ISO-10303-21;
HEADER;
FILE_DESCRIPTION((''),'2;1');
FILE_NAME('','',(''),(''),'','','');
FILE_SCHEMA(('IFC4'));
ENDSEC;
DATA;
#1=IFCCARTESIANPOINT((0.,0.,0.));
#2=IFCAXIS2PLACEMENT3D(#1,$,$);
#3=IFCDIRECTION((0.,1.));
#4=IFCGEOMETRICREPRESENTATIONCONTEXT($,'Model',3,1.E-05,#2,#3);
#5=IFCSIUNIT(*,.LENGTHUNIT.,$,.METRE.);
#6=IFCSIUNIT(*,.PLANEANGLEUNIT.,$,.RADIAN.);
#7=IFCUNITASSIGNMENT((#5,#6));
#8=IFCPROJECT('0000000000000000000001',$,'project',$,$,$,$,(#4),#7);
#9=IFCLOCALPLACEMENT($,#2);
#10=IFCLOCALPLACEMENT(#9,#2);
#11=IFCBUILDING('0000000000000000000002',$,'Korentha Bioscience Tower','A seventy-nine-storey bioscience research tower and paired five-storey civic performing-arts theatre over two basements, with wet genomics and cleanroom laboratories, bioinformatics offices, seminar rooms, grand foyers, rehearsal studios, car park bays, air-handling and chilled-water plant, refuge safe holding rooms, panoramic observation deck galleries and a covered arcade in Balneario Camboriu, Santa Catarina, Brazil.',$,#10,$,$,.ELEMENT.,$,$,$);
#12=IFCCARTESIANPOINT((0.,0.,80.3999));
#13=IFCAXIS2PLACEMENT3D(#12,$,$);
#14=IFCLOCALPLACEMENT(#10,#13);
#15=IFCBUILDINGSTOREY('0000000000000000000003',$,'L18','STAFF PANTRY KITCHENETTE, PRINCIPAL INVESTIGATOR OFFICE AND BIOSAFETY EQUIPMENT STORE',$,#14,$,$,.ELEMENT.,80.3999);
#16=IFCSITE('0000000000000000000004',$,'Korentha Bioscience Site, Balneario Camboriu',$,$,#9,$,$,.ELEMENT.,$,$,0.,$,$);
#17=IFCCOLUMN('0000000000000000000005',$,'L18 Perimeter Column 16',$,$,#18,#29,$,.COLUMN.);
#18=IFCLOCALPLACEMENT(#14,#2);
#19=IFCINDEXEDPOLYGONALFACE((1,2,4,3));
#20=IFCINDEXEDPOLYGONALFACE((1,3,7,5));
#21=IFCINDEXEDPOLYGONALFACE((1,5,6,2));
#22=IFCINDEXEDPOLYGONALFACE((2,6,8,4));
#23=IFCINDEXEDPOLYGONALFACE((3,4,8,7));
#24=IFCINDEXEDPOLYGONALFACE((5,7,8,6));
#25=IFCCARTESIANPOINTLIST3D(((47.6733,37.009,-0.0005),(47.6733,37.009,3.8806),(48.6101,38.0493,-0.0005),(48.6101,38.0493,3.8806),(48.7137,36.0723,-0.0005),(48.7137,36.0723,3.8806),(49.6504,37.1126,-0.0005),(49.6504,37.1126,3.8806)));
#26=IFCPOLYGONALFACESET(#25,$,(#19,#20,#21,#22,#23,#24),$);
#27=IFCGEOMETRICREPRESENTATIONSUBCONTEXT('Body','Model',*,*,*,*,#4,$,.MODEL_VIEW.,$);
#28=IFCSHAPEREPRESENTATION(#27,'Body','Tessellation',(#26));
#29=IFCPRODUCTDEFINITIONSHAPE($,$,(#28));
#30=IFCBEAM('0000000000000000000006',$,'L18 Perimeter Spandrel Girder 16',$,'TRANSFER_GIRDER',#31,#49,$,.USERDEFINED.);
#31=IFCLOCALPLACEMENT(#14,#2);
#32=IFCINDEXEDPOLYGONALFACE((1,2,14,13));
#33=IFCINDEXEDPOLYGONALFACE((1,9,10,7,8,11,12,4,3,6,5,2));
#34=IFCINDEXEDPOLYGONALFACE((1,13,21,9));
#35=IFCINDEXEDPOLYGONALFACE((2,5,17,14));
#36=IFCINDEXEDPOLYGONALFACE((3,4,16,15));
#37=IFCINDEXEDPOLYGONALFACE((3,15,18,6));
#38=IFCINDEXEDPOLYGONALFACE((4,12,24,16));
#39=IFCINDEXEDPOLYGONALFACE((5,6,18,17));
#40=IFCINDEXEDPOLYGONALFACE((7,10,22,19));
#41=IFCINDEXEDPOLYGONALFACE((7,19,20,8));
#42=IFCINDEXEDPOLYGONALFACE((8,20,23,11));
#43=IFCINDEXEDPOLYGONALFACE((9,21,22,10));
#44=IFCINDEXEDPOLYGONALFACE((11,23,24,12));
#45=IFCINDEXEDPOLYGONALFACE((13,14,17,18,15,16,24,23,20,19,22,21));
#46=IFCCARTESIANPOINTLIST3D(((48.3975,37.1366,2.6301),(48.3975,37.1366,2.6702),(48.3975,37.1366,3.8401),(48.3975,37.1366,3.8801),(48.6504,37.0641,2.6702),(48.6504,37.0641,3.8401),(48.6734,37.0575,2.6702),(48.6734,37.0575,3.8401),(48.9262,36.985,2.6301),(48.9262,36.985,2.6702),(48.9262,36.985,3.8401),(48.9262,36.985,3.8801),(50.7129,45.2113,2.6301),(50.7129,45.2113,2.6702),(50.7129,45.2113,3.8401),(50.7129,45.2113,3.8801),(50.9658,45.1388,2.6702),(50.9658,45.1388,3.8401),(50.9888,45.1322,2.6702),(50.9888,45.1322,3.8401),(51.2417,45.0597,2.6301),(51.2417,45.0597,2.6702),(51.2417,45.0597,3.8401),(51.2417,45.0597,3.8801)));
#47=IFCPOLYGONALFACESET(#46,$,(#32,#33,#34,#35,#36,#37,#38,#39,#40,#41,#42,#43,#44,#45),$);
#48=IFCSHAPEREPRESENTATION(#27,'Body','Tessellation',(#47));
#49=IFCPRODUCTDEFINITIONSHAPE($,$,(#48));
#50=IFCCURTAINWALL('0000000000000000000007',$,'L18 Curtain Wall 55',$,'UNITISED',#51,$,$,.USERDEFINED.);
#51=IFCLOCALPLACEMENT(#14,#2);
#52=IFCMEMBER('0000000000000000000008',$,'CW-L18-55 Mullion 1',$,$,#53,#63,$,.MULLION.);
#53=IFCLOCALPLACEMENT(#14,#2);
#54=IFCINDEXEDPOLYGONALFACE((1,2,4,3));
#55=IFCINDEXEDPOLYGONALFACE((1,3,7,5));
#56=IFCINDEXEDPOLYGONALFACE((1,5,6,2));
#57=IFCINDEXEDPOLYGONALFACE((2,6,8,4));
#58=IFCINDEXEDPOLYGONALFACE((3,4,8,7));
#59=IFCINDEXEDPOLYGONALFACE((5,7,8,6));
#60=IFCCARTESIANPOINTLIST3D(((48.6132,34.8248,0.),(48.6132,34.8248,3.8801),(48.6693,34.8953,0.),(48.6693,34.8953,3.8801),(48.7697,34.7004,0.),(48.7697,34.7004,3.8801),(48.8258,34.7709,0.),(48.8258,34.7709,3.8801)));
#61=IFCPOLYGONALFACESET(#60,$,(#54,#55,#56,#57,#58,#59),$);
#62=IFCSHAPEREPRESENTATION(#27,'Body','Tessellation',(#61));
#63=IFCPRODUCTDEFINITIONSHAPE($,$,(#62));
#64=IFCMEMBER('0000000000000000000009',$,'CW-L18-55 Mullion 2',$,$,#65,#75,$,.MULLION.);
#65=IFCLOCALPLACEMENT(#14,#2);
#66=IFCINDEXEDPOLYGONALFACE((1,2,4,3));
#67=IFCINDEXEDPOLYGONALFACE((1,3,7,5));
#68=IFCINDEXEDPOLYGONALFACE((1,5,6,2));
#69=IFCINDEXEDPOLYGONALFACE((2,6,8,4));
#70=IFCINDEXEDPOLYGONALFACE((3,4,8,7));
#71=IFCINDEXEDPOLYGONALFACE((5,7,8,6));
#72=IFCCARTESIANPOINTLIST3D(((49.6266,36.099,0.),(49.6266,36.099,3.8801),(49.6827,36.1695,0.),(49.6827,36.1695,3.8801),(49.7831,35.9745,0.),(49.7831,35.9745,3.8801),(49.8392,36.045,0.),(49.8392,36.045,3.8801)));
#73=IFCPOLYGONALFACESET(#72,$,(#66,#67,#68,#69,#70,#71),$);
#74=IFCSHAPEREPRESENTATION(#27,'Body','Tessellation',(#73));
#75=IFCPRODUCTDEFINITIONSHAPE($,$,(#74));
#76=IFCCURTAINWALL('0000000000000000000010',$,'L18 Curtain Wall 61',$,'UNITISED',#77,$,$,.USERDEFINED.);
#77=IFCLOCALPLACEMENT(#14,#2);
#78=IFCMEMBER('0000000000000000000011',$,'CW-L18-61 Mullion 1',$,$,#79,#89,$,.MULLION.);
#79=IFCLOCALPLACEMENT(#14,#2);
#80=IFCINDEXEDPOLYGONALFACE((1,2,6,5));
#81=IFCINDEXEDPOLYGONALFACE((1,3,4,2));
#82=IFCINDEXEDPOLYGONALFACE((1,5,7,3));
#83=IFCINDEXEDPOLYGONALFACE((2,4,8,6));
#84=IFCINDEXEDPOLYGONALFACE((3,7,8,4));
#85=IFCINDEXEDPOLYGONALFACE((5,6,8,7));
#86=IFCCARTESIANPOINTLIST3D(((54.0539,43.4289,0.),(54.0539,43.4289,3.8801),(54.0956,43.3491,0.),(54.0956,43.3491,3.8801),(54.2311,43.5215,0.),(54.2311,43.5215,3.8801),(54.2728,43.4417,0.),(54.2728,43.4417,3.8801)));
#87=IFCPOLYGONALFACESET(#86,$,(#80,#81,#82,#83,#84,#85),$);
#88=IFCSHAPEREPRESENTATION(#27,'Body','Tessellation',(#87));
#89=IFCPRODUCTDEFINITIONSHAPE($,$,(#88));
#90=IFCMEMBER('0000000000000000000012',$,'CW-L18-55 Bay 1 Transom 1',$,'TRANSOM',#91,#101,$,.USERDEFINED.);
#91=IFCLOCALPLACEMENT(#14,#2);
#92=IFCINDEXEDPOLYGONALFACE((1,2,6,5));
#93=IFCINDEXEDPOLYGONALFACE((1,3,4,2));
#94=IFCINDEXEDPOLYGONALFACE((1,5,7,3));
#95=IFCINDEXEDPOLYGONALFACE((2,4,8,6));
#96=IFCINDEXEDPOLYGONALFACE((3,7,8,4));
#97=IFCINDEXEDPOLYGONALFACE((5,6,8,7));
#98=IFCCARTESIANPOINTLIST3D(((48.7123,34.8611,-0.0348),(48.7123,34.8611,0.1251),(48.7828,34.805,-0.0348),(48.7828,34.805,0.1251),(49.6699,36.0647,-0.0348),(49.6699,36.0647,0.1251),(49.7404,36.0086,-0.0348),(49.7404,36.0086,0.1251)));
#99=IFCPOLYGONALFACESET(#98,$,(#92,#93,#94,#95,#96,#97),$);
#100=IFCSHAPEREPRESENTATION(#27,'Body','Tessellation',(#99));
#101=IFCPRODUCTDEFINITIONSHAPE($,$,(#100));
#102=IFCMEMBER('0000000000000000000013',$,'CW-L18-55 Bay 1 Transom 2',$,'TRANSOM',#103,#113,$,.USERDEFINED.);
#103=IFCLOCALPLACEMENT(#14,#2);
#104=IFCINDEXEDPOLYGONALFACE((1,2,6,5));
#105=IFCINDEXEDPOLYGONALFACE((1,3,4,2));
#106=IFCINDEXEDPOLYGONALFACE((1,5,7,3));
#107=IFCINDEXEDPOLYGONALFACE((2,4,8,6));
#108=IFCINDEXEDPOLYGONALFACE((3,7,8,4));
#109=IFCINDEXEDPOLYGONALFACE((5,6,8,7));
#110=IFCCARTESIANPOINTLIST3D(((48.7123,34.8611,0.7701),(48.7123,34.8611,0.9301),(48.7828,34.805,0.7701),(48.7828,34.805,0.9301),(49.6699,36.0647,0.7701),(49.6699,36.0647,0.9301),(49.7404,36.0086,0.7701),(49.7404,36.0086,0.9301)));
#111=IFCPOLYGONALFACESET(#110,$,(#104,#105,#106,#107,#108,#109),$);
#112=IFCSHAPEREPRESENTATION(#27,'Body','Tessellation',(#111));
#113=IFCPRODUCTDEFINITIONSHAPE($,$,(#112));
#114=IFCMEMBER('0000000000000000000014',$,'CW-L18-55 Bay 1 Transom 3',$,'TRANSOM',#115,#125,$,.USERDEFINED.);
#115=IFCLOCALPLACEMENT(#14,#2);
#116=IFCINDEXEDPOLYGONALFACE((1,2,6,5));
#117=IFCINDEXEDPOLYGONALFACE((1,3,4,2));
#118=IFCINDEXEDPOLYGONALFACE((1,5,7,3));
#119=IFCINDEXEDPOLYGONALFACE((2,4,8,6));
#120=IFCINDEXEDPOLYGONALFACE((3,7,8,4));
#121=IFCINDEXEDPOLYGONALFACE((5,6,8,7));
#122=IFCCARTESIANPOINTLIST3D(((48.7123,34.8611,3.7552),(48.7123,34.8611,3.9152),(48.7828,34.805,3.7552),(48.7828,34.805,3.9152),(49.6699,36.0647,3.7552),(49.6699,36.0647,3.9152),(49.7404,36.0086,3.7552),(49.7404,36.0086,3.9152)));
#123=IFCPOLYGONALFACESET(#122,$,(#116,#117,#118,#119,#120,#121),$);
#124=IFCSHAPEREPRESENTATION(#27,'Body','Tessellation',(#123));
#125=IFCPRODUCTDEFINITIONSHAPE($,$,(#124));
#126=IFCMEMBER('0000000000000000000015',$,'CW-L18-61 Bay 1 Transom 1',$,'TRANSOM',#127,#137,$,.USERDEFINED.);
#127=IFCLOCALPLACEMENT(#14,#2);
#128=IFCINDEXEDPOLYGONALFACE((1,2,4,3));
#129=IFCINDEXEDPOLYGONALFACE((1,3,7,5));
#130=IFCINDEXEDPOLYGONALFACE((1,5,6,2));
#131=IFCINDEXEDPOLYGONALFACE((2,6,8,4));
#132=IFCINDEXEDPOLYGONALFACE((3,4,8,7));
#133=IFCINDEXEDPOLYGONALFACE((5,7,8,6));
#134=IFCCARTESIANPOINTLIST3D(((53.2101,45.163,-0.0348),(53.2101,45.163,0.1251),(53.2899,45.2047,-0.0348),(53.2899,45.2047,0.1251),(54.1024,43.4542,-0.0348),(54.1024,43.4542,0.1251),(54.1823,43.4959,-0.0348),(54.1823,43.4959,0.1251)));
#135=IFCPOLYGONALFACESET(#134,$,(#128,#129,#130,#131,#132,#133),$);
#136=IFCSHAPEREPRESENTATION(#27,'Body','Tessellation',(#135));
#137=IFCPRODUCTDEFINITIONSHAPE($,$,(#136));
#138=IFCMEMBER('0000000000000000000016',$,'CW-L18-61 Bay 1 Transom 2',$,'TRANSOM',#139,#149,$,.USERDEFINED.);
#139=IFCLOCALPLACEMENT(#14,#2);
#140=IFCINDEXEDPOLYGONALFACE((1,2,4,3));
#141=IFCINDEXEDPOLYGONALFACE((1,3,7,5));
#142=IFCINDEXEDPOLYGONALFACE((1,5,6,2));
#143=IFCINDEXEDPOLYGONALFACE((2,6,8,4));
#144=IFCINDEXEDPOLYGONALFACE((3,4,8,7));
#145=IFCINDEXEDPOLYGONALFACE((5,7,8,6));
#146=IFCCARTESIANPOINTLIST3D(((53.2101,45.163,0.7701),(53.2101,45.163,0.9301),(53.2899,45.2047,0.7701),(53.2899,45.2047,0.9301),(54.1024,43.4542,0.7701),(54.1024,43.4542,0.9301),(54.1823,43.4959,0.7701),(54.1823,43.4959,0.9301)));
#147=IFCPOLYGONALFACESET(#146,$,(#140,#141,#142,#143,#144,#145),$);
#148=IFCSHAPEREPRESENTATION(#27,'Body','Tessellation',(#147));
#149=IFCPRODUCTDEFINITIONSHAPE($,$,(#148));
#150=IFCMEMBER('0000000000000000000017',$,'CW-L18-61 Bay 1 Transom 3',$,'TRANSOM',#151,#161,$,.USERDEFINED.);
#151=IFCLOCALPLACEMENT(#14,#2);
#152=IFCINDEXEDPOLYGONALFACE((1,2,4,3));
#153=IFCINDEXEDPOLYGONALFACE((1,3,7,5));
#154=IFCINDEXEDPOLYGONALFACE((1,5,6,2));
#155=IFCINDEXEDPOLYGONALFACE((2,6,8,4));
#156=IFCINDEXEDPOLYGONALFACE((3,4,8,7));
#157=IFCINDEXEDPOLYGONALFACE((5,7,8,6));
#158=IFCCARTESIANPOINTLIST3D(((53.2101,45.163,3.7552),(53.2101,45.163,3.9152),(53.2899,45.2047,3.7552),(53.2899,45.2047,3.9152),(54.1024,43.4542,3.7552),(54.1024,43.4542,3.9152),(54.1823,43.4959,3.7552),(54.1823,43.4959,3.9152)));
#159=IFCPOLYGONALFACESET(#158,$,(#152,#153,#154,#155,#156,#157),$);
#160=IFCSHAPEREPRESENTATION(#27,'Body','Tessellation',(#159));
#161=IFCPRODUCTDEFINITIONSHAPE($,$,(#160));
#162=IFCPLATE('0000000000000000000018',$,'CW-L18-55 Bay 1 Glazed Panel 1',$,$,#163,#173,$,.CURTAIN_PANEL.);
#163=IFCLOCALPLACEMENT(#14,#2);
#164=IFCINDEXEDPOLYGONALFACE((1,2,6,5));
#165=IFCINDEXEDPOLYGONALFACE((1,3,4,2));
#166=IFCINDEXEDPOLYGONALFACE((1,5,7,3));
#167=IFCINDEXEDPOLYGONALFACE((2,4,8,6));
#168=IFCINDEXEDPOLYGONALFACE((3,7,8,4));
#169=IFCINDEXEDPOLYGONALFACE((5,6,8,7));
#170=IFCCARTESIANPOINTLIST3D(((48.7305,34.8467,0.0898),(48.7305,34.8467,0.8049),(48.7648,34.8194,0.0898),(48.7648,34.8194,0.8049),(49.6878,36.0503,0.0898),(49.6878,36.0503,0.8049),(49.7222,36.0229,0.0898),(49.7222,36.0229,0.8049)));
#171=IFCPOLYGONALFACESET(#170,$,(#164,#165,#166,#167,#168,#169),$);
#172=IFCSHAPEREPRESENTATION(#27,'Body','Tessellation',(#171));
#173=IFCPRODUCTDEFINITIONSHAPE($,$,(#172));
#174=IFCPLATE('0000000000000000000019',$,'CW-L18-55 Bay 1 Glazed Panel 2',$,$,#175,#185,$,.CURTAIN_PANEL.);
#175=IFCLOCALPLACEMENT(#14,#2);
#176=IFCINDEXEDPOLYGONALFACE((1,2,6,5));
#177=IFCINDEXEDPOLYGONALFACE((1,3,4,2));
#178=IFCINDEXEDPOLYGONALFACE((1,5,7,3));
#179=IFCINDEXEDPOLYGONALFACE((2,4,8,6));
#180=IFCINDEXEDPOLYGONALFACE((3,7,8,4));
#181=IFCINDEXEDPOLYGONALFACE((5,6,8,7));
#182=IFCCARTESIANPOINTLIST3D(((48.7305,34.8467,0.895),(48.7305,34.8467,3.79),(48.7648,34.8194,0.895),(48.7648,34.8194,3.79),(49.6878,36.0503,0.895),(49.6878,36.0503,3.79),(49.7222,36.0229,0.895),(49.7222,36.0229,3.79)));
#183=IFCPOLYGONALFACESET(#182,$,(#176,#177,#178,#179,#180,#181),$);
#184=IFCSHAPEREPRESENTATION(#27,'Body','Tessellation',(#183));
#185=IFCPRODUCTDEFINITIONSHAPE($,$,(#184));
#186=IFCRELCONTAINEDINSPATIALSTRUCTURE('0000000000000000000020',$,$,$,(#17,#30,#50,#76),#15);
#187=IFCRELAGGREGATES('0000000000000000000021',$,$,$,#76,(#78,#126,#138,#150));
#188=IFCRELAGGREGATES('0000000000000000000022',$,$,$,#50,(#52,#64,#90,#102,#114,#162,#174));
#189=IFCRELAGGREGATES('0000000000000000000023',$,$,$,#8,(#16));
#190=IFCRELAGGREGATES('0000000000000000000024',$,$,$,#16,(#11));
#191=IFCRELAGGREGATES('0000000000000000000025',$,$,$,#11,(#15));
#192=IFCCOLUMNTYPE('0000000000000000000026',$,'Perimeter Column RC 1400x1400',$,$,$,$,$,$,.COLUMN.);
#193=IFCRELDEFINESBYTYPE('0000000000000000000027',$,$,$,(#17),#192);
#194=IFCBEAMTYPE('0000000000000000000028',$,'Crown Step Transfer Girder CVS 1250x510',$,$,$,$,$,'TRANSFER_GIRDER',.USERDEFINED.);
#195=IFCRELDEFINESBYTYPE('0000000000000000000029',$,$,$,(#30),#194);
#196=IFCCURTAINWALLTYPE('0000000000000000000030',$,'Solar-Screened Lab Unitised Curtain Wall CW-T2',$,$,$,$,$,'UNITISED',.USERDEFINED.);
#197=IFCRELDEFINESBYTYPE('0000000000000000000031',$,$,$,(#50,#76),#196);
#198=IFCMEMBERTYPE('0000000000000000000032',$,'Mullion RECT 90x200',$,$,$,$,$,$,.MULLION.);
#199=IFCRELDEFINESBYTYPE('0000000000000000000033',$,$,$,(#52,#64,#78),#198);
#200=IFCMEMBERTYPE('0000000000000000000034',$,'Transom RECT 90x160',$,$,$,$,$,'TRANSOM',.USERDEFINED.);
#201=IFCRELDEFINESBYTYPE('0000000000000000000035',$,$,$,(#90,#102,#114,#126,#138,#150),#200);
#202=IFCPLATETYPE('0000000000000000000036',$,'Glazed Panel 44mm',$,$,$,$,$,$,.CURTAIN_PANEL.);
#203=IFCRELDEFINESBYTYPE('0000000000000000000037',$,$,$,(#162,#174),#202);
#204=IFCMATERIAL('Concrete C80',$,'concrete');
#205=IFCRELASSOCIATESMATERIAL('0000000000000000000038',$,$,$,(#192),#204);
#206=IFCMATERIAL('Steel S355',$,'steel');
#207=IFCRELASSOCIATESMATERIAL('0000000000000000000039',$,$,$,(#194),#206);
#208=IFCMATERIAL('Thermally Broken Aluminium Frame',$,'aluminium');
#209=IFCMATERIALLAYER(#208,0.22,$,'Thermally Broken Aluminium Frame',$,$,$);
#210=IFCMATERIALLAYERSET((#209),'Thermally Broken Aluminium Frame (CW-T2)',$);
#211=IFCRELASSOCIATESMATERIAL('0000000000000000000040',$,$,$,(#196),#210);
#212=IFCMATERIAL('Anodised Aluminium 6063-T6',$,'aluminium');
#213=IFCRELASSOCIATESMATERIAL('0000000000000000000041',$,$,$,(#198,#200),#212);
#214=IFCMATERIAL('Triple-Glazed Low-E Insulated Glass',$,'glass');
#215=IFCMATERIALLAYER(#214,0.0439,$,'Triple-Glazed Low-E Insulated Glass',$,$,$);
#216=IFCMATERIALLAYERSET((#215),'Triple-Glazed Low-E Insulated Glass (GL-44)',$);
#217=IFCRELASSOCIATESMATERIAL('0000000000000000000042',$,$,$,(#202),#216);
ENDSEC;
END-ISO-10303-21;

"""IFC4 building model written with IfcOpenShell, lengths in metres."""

from ifc_helpers import new_model, si_unit, direction, frame, origin, origin_2d, place, context, subcontext, project, spatial, rectangle, i_section, extrude, material, layer, layer_set, material_profile, profile_set, type_object, element, aggregate, save


model = new_model("IFC4")

# Units and contexts
model_context = context("Model", 3, precision=1e-05, world=origin(), true_north=direction((0.0, 1.0)))
body_context = subcontext(model_context, "Body", "Model", "MODEL_VIEW")
ifc_project = project(units=[si_unit("LENGTHUNIT", "METRE"), si_unit("PLANEANGLEUNIT", "RADIAN")], contexts=[model_context])

# Site, building, storey
site_placement = place(None, origin())
site = spatial("IfcSite", under=ifc_project, at=site_placement, Name="Korentha Bioscience Site, Balneario Camboriu", CompositionType="ELEMENT", RefElevation=0.0)
building_placement = place(site_placement, origin())
building = spatial("IfcBuilding", under=site, at=building_placement, Name="Korentha Bioscience Tower", Description="A seventy-nine-storey bioscience research tower and paired five-storey civic performing-arts theatre over two basements, with wet genomics and cleanroom laboratories, bioinformatics offices, seminar rooms, grand foyers, rehearsal studios, car park bays, air-handling and chilled-water plant, refuge safe holding rooms, panoramic observation deck galleries and a covered arcade in Balneario Camboriu, Santa Catarina, Brazil.", CompositionType="ELEMENT")
storey_placement = place(building_placement, frame((0.0, 0.0, 80.3999)))
storey = spatial("IfcBuildingStorey", under=building, at=storey_placement, Name="L18", Description="STAFF PANTRY KITCHENETTE, PRINCIPAL INVESTIGATOR OFFICE AND BIOSAFETY EQUIPMENT STORE", CompositionType="ELEMENT", Elevation=80.3999)

# Column
ifc_material_1 = material(Name="Concrete C80", Category="concrete")
ifc_material_profile_1 = material_profile(ifc_material_1, rectangle(XDim=1.3999, YDim=1.3999, at=origin_2d()), Name="Concrete C80")
ifc_profile_set_1 = profile_set([ifc_material_profile_1], Name="Concrete C80 (COL-P14)")
column_type = type_object("IfcColumnType", Name="Perimeter Column RC 1400x1400", PredefinedType="COLUMN", material=ifc_profile_set_1)
column_placement = place(storey_placement, frame((48.6619, 37.0608, -0.0005), z_axis=(0.0, 0.0, 1.0), x_axis=(0.669131, 0.743145, 0.0)))
element("IfcColumn", 1, at=column_placement, inside=storey, type_object=column_type, Name="L18 Perimeter Column 16", PredefinedType="COLUMN", context=body_context, shape_type="SweptSolid", body=[
    extrude(rectangle(XDim=1.3999, YDim=1.3999, at=origin_2d()), origin(), (0.0, 0.0, 1.0), 3.8811),
])

# Beam
ifc_material_2 = material(Name="Steel S355", Category="steel")
ifc_material_profile_2 = material_profile(ifc_material_2, i_section(OverallWidth=0.55, OverallDepth=1.25, WebThickness=0.0239, FlangeThickness=0.04, at=origin_2d()), Name="Steel S355")
ifc_profile_set_2 = profile_set([ifc_material_profile_2], Name="Steel S355 (TG-03)")
beam_type = type_object("IfcBeamType", Name="Crown Step Transfer Girder CVS 1250x510", ElementType="TRANSFER_GIRDER", PredefinedType="USERDEFINED", material=ifc_profile_set_2)
beam_placement = place(storey_placement, frame((48.6619, 37.0608, 3.2551), z_axis=(0.275642, 0.96126, 0.0), x_axis=(-0.96126, 0.275642, 0.0)))
element("IfcBeam", 2, at=beam_placement, inside=storey, type_object=beam_type, Name="L18 Perimeter Spandrel Girder 16", ObjectType="TRANSFER_GIRDER", PredefinedType="USERDEFINED", context=body_context, shape_type="SweptSolid", body=[
    extrude(i_section(OverallWidth=0.55, OverallDepth=1.25, WebThickness=0.0239, FlangeThickness=0.04, at=origin_2d()), origin(), (0.0, 0.0, 1.0), 8.4001),
])

# Curtain wall, members
ifc_material_3 = material(Name="Thermally Broken Aluminium Frame", Category="aluminium")
ifc_layer_1 = layer(ifc_material_3, 0.22, Name="Thermally Broken Aluminium Frame")
ifc_layer_set_1 = layer_set([ifc_layer_1], Name="Thermally Broken Aluminium Frame (CW-T2)")
curtain_wall_type = type_object("IfcCurtainWallType", Name="Solar-Screened Lab Unitised Curtain Wall CW-T2", ElementType="UNITISED", PredefinedType="USERDEFINED", material=ifc_layer_set_1)
curtain_wall_1_placement = place(storey_placement, origin())
curtain_wall_1 = element("IfcCurtainWall", 3, at=curtain_wall_1_placement, inside=storey, type_object=curtain_wall_type, Name="L18 Curtain Wall 55", ObjectType="UNITISED", PredefinedType="USERDEFINED")
ifc_material_4 = material(Name="Anodised Aluminium 6063-T6", Category="aluminium")
ifc_material_profile_3 = material_profile(ifc_material_4, rectangle(XDim=0.0901, YDim=0.2, at=origin_2d()), Name="Anodised Aluminium 6063-T6")
ifc_profile_set_3 = profile_set([ifc_material_profile_3], Name="Anodised Aluminium 6063-T6 (CW-MUL)")
member_type_1 = type_object("IfcMemberType", Name="Mullion RECT 90x200", PredefinedType="MULLION", material=ifc_profile_set_3)
member_1_placement = place(storey_placement, frame((48.7195, 34.7979, 0.0), z_axis=(0.0, 0.0, 1.0), x_axis=(0.62252, 0.782604, 0.0)))
member_1 = element("IfcMember", 4, at=member_1_placement, type_object=member_type_1, Name="CW-L18-55 Mullion 1", PredefinedType="MULLION", context=body_context, shape_type="SweptSolid", body=[
    extrude(rectangle(XDim=0.0901, YDim=0.2, at=origin_2d()), origin(), (0.0, 0.0, 1.0), 3.8801),
])
member_2_placement = place(storey_placement, frame((49.7329, 36.072, 0.0), z_axis=(0.0, 0.0, 1.0), x_axis=(0.62252, 0.782604, 0.0)))
member_2 = element("IfcMember", 5, at=member_2_placement, type_object=member_type_1, Name="CW-L18-55 Mullion 2", PredefinedType="MULLION", context=body_context, shape_type="SweptSolid", body=[
    extrude(rectangle(XDim=0.0901, YDim=0.2, at=origin_2d()), origin(), (0.0, 0.0, 1.0), 3.8801),
])

# Curtain wall, member
curtain_wall_2_placement = place(storey_placement, origin())
curtain_wall_2 = element("IfcCurtainWall", 6, at=curtain_wall_2_placement, inside=storey, type_object=curtain_wall_type, Name="L18 Curtain Wall 61", ObjectType="UNITISED", PredefinedType="USERDEFINED")
member_3_placement = place(storey_placement, frame((54.1633, 43.4353, 0.0), z_axis=(0.0, 0.0, 1.0), x_axis=(-0.463009, 0.886354, 0.0)))
member_3 = element("IfcMember", 7, at=member_3_placement, type_object=member_type_1, Name="CW-L18-61 Mullion 1", PredefinedType="MULLION", context=body_context, shape_type="SweptSolid", body=[
    extrude(rectangle(XDim=0.0901, YDim=0.2, at=origin_2d()), origin(), (0.0, 0.0, 1.0), 3.8801),
])

# Members
ifc_material_profile_4 = material_profile(ifc_material_4, rectangle(XDim=0.0901, YDim=0.1599, at=origin_2d()), Name="Anodised Aluminium 6063-T6")
ifc_profile_set_4 = profile_set([ifc_material_profile_4], Name="Anodised Aluminium 6063-T6 (CW-TRN)")
member_type_2 = type_object("IfcMemberType", Name="Transom RECT 90x160", ElementType="TRANSOM", PredefinedType="USERDEFINED", material=ifc_profile_set_4)
member_4_placement = place(storey_placement, frame((48.7476, 34.833, 0.0452), z_axis=(0.622563, 0.782569, 0.0), x_axis=(-0.782569, 0.622563, 0.0)))
member_4 = element("IfcMember", 8, at=member_4_placement, type_object=member_type_2, Name="CW-L18-55 Bay 1 Transom 1", ObjectType="TRANSOM", PredefinedType="USERDEFINED", context=body_context, shape_type="SweptSolid", body=[
    extrude(rectangle(XDim=0.0901, YDim=0.1599, at=origin_2d()), origin(), (0.0, 0.0, 1.0), 1.5381),
])
member_5_placement = place(storey_placement, frame((48.7476, 34.833, 0.8501), z_axis=(0.622563, 0.782569, 0.0), x_axis=(-0.782569, 0.622563, 0.0)))
member_5 = element("IfcMember", 9, at=member_5_placement, type_object=member_type_2, Name="CW-L18-55 Bay 1 Transom 2", ObjectType="TRANSOM", PredefinedType="USERDEFINED", context=body_context, shape_type="SweptSolid", body=[
    extrude(rectangle(XDim=0.0901, YDim=0.1599, at=origin_2d()), origin(), (0.0, 0.0, 1.0), 1.5381),
])
member_6_placement = place(storey_placement, frame((48.7476, 34.833, 3.8352), z_axis=(0.622563, 0.782569, 0.0), x_axis=(-0.782569, 0.622563, 0.0)))
member_6 = element("IfcMember", 10, at=member_6_placement, type_object=member_type_2, Name="CW-L18-55 Bay 1 Transom 3", ObjectType="TRANSOM", PredefinedType="USERDEFINED", context=body_context, shape_type="SweptSolid", body=[
    extrude(rectangle(XDim=0.0901, YDim=0.1599, at=origin_2d()), origin(), (0.0, 0.0, 1.0), 1.5381),
])
member_7_placement = place(storey_placement, frame((54.1423, 43.4751, 0.0452), z_axis=(-0.462899, 0.886411, 0.0), x_axis=(-0.886411, -0.462899, 0.0)))
member_7 = element("IfcMember", 11, at=member_7_placement, type_object=member_type_2, Name="CW-L18-61 Bay 1 Transom 1", ObjectType="TRANSOM", PredefinedType="USERDEFINED", context=body_context, shape_type="SweptSolid", body=[
    extrude(rectangle(XDim=0.0901, YDim=0.1599, at=origin_2d()), origin(), (0.0, 0.0, 1.0), 1.9277),
])
member_8_placement = place(storey_placement, frame((54.1423, 43.4751, 0.8501), z_axis=(-0.462899, 0.886411, 0.0), x_axis=(-0.886411, -0.462899, 0.0)))
member_8 = element("IfcMember", 12, at=member_8_placement, type_object=member_type_2, Name="CW-L18-61 Bay 1 Transom 2", ObjectType="TRANSOM", PredefinedType="USERDEFINED", context=body_context, shape_type="SweptSolid", body=[
    extrude(rectangle(XDim=0.0901, YDim=0.1599, at=origin_2d()), origin(), (0.0, 0.0, 1.0), 1.9277),
])
member_9_placement = place(storey_placement, frame((54.1423, 43.4751, 3.8352), z_axis=(-0.462899, 0.886411, 0.0), x_axis=(-0.886411, -0.462899, 0.0)))
member_9 = element("IfcMember", 13, at=member_9_placement, type_object=member_type_2, Name="CW-L18-61 Bay 1 Transom 3", ObjectType="TRANSOM", PredefinedType="USERDEFINED", context=body_context, shape_type="SweptSolid", body=[
    extrude(rectangle(XDim=0.0901, YDim=0.1599, at=origin_2d()), origin(), (0.0, 0.0, 1.0), 1.9277),
])
aggregate(curtain_wall_2, [member_3, member_7, member_8, member_9])

# Plates
ifc_material_5 = material(Name="Triple-Glazed Low-E Insulated Glass", Category="glass")
ifc_layer_2 = layer(ifc_material_5, 0.0439, Name="Triple-Glazed Low-E Insulated Glass")
ifc_layer_set_2 = layer_set([ifc_layer_2], Name="Triple-Glazed Low-E Insulated Glass (GL-44)")
plate_type = type_object("IfcPlateType", Name="Glazed Panel 44mm", PredefinedType="CURTAIN_PANEL", material=ifc_layer_set_2)
plate_1_placement = place(storey_placement, frame((49.2263, 35.4348, 0.0898), z_axis=(0.0, 0.0, 1.0), x_axis=(0.62252, 0.782604, 0.0)))
plate_1 = element("IfcPlate", 14, at=plate_1_placement, type_object=plate_type, Name="CW-L18-55 Bay 1 Glazed Panel 1", PredefinedType="CURTAIN_PANEL", context=body_context, shape_type="SweptSolid", body=[
    extrude(rectangle(XDim=1.5378, YDim=0.0439, at=origin_2d()), origin(), (0.0, 0.0, 1.0), 0.7151),
])
plate_2_placement = place(storey_placement, frame((49.2263, 35.4348, 0.895), z_axis=(0.0, 0.0, 1.0), x_axis=(0.62252, 0.782604, 0.0)))
plate_2 = element("IfcPlate", 15, at=plate_2_placement, type_object=plate_type, Name="CW-L18-55 Bay 1 Glazed Panel 2", PredefinedType="CURTAIN_PANEL", context=body_context, shape_type="SweptSolid", body=[
    extrude(rectangle(XDim=1.5378, YDim=0.0439, at=origin_2d()), origin(), (0.0, 0.0, 1.0), 2.895),
])
aggregate(curtain_wall_1, [member_1, member_2, member_4, member_5, member_6, plate_1, plate_2])

save(model, "model.ifc")
